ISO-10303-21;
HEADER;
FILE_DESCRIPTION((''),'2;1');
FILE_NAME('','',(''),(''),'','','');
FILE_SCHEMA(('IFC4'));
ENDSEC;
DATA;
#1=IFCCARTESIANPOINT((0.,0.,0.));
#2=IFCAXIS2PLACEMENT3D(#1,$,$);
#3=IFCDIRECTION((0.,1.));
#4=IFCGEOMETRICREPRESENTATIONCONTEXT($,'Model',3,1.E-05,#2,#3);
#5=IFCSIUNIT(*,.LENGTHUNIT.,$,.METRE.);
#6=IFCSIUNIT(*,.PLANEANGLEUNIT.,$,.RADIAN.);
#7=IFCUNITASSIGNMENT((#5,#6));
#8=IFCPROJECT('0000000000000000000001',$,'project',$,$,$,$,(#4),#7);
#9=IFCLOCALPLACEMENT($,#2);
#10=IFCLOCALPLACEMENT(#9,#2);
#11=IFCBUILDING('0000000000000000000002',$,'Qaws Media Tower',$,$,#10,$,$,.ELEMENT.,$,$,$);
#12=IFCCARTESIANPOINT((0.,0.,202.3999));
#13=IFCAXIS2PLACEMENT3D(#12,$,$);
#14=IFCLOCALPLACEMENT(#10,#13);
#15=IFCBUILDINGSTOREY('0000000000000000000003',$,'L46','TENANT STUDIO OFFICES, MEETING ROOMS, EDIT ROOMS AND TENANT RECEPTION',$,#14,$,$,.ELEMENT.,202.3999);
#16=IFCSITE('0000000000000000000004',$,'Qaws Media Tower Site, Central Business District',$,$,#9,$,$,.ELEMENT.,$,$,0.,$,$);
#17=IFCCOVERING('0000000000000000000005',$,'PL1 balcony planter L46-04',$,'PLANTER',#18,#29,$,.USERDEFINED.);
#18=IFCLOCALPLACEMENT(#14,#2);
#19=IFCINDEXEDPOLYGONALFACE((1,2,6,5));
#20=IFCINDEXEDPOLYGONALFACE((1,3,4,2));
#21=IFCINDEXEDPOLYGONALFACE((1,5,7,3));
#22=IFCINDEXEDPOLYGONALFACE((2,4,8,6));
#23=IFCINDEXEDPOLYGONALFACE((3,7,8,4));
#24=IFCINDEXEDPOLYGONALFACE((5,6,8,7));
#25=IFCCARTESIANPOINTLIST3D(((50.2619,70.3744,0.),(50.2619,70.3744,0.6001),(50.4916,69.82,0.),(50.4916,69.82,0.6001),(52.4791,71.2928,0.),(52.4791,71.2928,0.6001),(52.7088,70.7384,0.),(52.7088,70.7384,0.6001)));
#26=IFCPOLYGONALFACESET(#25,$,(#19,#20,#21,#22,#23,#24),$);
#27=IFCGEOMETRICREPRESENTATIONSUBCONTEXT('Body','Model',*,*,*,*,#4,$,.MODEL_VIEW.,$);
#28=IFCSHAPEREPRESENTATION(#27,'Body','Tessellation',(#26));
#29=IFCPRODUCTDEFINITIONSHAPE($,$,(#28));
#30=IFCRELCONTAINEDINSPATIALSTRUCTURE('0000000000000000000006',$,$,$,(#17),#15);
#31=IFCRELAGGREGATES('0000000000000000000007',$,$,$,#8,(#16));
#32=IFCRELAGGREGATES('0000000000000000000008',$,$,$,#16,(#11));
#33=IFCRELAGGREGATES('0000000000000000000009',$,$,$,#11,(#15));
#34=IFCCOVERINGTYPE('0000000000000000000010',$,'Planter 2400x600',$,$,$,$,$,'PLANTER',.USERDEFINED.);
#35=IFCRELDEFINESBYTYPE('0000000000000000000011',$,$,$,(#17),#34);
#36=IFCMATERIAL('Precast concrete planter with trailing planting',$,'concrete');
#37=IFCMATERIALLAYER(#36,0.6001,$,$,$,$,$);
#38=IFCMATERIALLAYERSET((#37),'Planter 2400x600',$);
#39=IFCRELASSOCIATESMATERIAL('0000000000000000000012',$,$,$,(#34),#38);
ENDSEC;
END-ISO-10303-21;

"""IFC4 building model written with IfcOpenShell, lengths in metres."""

from ifc_helpers import new_model, si_unit, direction, frame, origin, origin_2d, place, context, subcontext, project, spatial, rectangle, extrude, material, layer, layer_set, type_object, element, save


model = new_model("IFC4")

# Units and contexts
model_context = context("Model", 3, precision=1e-05, world=origin(), true_north=direction((0.0, 1.0)))
body_context = subcontext(model_context, "Body", "Model", "MODEL_VIEW")
ifc_project = project(units=[si_unit("LENGTHUNIT", "METRE"), si_unit("PLANEANGLEUNIT", "RADIAN")], contexts=[model_context])

# Site, building, storey
site_placement = place(None, origin())
site = spatial("IfcSite", under=ifc_project, at=site_placement, Name="Qaws Media Tower Site, Central Business District", CompositionType="ELEMENT", RefElevation=0.0)
building_placement = place(site_placement, origin())
building = spatial("IfcBuilding", under=site, at=building_placement, Name="Qaws Media Tower", CompositionType="ELEMENT")
storey_placement = place(building_placement, frame((0.0, 0.0, 202.3999)))
storey = spatial("IfcBuildingStorey", under=building, at=storey_placement, Name="L46", Description="TENANT STUDIO OFFICES, MEETING ROOMS, EDIT ROOMS AND TENANT RECEPTION", CompositionType="ELEMENT", Elevation=202.3999)

# Covering
ifc_material_1 = material(Name="Precast concrete planter with trailing planting", Category="concrete")
ifc_layer_1 = layer(ifc_material_1, 0.6001)
ifc_layer_set_1 = layer_set([ifc_layer_1], Name="Planter 2400x600")
covering_type = type_object("IfcCoveringType", Name="Planter 2400x600", ElementType="PLANTER", PredefinedType="USERDEFINED", material=ifc_layer_set_1)
covering_placement = place(storey_placement, frame((51.4854, 70.5564, 0.0), z_axis=(0.0, 0.0, 1.0), x_axis=(-0.92388, -0.382683, 0.0)))
element("IfcCovering", 1, at=covering_placement, inside=storey, type_object=covering_type, Name="PL1 balcony planter L46-04", ObjectType="PLANTER", PredefinedType="USERDEFINED", context=body_context, shape_type="SweptSolid", body=[
    extrude(rectangle(XDim=2.3999, YDim=0.6001, at=origin_2d()), origin(), (0.0, 0.0, 1.0), 0.6001),
])

save(model, "model.ifc")
